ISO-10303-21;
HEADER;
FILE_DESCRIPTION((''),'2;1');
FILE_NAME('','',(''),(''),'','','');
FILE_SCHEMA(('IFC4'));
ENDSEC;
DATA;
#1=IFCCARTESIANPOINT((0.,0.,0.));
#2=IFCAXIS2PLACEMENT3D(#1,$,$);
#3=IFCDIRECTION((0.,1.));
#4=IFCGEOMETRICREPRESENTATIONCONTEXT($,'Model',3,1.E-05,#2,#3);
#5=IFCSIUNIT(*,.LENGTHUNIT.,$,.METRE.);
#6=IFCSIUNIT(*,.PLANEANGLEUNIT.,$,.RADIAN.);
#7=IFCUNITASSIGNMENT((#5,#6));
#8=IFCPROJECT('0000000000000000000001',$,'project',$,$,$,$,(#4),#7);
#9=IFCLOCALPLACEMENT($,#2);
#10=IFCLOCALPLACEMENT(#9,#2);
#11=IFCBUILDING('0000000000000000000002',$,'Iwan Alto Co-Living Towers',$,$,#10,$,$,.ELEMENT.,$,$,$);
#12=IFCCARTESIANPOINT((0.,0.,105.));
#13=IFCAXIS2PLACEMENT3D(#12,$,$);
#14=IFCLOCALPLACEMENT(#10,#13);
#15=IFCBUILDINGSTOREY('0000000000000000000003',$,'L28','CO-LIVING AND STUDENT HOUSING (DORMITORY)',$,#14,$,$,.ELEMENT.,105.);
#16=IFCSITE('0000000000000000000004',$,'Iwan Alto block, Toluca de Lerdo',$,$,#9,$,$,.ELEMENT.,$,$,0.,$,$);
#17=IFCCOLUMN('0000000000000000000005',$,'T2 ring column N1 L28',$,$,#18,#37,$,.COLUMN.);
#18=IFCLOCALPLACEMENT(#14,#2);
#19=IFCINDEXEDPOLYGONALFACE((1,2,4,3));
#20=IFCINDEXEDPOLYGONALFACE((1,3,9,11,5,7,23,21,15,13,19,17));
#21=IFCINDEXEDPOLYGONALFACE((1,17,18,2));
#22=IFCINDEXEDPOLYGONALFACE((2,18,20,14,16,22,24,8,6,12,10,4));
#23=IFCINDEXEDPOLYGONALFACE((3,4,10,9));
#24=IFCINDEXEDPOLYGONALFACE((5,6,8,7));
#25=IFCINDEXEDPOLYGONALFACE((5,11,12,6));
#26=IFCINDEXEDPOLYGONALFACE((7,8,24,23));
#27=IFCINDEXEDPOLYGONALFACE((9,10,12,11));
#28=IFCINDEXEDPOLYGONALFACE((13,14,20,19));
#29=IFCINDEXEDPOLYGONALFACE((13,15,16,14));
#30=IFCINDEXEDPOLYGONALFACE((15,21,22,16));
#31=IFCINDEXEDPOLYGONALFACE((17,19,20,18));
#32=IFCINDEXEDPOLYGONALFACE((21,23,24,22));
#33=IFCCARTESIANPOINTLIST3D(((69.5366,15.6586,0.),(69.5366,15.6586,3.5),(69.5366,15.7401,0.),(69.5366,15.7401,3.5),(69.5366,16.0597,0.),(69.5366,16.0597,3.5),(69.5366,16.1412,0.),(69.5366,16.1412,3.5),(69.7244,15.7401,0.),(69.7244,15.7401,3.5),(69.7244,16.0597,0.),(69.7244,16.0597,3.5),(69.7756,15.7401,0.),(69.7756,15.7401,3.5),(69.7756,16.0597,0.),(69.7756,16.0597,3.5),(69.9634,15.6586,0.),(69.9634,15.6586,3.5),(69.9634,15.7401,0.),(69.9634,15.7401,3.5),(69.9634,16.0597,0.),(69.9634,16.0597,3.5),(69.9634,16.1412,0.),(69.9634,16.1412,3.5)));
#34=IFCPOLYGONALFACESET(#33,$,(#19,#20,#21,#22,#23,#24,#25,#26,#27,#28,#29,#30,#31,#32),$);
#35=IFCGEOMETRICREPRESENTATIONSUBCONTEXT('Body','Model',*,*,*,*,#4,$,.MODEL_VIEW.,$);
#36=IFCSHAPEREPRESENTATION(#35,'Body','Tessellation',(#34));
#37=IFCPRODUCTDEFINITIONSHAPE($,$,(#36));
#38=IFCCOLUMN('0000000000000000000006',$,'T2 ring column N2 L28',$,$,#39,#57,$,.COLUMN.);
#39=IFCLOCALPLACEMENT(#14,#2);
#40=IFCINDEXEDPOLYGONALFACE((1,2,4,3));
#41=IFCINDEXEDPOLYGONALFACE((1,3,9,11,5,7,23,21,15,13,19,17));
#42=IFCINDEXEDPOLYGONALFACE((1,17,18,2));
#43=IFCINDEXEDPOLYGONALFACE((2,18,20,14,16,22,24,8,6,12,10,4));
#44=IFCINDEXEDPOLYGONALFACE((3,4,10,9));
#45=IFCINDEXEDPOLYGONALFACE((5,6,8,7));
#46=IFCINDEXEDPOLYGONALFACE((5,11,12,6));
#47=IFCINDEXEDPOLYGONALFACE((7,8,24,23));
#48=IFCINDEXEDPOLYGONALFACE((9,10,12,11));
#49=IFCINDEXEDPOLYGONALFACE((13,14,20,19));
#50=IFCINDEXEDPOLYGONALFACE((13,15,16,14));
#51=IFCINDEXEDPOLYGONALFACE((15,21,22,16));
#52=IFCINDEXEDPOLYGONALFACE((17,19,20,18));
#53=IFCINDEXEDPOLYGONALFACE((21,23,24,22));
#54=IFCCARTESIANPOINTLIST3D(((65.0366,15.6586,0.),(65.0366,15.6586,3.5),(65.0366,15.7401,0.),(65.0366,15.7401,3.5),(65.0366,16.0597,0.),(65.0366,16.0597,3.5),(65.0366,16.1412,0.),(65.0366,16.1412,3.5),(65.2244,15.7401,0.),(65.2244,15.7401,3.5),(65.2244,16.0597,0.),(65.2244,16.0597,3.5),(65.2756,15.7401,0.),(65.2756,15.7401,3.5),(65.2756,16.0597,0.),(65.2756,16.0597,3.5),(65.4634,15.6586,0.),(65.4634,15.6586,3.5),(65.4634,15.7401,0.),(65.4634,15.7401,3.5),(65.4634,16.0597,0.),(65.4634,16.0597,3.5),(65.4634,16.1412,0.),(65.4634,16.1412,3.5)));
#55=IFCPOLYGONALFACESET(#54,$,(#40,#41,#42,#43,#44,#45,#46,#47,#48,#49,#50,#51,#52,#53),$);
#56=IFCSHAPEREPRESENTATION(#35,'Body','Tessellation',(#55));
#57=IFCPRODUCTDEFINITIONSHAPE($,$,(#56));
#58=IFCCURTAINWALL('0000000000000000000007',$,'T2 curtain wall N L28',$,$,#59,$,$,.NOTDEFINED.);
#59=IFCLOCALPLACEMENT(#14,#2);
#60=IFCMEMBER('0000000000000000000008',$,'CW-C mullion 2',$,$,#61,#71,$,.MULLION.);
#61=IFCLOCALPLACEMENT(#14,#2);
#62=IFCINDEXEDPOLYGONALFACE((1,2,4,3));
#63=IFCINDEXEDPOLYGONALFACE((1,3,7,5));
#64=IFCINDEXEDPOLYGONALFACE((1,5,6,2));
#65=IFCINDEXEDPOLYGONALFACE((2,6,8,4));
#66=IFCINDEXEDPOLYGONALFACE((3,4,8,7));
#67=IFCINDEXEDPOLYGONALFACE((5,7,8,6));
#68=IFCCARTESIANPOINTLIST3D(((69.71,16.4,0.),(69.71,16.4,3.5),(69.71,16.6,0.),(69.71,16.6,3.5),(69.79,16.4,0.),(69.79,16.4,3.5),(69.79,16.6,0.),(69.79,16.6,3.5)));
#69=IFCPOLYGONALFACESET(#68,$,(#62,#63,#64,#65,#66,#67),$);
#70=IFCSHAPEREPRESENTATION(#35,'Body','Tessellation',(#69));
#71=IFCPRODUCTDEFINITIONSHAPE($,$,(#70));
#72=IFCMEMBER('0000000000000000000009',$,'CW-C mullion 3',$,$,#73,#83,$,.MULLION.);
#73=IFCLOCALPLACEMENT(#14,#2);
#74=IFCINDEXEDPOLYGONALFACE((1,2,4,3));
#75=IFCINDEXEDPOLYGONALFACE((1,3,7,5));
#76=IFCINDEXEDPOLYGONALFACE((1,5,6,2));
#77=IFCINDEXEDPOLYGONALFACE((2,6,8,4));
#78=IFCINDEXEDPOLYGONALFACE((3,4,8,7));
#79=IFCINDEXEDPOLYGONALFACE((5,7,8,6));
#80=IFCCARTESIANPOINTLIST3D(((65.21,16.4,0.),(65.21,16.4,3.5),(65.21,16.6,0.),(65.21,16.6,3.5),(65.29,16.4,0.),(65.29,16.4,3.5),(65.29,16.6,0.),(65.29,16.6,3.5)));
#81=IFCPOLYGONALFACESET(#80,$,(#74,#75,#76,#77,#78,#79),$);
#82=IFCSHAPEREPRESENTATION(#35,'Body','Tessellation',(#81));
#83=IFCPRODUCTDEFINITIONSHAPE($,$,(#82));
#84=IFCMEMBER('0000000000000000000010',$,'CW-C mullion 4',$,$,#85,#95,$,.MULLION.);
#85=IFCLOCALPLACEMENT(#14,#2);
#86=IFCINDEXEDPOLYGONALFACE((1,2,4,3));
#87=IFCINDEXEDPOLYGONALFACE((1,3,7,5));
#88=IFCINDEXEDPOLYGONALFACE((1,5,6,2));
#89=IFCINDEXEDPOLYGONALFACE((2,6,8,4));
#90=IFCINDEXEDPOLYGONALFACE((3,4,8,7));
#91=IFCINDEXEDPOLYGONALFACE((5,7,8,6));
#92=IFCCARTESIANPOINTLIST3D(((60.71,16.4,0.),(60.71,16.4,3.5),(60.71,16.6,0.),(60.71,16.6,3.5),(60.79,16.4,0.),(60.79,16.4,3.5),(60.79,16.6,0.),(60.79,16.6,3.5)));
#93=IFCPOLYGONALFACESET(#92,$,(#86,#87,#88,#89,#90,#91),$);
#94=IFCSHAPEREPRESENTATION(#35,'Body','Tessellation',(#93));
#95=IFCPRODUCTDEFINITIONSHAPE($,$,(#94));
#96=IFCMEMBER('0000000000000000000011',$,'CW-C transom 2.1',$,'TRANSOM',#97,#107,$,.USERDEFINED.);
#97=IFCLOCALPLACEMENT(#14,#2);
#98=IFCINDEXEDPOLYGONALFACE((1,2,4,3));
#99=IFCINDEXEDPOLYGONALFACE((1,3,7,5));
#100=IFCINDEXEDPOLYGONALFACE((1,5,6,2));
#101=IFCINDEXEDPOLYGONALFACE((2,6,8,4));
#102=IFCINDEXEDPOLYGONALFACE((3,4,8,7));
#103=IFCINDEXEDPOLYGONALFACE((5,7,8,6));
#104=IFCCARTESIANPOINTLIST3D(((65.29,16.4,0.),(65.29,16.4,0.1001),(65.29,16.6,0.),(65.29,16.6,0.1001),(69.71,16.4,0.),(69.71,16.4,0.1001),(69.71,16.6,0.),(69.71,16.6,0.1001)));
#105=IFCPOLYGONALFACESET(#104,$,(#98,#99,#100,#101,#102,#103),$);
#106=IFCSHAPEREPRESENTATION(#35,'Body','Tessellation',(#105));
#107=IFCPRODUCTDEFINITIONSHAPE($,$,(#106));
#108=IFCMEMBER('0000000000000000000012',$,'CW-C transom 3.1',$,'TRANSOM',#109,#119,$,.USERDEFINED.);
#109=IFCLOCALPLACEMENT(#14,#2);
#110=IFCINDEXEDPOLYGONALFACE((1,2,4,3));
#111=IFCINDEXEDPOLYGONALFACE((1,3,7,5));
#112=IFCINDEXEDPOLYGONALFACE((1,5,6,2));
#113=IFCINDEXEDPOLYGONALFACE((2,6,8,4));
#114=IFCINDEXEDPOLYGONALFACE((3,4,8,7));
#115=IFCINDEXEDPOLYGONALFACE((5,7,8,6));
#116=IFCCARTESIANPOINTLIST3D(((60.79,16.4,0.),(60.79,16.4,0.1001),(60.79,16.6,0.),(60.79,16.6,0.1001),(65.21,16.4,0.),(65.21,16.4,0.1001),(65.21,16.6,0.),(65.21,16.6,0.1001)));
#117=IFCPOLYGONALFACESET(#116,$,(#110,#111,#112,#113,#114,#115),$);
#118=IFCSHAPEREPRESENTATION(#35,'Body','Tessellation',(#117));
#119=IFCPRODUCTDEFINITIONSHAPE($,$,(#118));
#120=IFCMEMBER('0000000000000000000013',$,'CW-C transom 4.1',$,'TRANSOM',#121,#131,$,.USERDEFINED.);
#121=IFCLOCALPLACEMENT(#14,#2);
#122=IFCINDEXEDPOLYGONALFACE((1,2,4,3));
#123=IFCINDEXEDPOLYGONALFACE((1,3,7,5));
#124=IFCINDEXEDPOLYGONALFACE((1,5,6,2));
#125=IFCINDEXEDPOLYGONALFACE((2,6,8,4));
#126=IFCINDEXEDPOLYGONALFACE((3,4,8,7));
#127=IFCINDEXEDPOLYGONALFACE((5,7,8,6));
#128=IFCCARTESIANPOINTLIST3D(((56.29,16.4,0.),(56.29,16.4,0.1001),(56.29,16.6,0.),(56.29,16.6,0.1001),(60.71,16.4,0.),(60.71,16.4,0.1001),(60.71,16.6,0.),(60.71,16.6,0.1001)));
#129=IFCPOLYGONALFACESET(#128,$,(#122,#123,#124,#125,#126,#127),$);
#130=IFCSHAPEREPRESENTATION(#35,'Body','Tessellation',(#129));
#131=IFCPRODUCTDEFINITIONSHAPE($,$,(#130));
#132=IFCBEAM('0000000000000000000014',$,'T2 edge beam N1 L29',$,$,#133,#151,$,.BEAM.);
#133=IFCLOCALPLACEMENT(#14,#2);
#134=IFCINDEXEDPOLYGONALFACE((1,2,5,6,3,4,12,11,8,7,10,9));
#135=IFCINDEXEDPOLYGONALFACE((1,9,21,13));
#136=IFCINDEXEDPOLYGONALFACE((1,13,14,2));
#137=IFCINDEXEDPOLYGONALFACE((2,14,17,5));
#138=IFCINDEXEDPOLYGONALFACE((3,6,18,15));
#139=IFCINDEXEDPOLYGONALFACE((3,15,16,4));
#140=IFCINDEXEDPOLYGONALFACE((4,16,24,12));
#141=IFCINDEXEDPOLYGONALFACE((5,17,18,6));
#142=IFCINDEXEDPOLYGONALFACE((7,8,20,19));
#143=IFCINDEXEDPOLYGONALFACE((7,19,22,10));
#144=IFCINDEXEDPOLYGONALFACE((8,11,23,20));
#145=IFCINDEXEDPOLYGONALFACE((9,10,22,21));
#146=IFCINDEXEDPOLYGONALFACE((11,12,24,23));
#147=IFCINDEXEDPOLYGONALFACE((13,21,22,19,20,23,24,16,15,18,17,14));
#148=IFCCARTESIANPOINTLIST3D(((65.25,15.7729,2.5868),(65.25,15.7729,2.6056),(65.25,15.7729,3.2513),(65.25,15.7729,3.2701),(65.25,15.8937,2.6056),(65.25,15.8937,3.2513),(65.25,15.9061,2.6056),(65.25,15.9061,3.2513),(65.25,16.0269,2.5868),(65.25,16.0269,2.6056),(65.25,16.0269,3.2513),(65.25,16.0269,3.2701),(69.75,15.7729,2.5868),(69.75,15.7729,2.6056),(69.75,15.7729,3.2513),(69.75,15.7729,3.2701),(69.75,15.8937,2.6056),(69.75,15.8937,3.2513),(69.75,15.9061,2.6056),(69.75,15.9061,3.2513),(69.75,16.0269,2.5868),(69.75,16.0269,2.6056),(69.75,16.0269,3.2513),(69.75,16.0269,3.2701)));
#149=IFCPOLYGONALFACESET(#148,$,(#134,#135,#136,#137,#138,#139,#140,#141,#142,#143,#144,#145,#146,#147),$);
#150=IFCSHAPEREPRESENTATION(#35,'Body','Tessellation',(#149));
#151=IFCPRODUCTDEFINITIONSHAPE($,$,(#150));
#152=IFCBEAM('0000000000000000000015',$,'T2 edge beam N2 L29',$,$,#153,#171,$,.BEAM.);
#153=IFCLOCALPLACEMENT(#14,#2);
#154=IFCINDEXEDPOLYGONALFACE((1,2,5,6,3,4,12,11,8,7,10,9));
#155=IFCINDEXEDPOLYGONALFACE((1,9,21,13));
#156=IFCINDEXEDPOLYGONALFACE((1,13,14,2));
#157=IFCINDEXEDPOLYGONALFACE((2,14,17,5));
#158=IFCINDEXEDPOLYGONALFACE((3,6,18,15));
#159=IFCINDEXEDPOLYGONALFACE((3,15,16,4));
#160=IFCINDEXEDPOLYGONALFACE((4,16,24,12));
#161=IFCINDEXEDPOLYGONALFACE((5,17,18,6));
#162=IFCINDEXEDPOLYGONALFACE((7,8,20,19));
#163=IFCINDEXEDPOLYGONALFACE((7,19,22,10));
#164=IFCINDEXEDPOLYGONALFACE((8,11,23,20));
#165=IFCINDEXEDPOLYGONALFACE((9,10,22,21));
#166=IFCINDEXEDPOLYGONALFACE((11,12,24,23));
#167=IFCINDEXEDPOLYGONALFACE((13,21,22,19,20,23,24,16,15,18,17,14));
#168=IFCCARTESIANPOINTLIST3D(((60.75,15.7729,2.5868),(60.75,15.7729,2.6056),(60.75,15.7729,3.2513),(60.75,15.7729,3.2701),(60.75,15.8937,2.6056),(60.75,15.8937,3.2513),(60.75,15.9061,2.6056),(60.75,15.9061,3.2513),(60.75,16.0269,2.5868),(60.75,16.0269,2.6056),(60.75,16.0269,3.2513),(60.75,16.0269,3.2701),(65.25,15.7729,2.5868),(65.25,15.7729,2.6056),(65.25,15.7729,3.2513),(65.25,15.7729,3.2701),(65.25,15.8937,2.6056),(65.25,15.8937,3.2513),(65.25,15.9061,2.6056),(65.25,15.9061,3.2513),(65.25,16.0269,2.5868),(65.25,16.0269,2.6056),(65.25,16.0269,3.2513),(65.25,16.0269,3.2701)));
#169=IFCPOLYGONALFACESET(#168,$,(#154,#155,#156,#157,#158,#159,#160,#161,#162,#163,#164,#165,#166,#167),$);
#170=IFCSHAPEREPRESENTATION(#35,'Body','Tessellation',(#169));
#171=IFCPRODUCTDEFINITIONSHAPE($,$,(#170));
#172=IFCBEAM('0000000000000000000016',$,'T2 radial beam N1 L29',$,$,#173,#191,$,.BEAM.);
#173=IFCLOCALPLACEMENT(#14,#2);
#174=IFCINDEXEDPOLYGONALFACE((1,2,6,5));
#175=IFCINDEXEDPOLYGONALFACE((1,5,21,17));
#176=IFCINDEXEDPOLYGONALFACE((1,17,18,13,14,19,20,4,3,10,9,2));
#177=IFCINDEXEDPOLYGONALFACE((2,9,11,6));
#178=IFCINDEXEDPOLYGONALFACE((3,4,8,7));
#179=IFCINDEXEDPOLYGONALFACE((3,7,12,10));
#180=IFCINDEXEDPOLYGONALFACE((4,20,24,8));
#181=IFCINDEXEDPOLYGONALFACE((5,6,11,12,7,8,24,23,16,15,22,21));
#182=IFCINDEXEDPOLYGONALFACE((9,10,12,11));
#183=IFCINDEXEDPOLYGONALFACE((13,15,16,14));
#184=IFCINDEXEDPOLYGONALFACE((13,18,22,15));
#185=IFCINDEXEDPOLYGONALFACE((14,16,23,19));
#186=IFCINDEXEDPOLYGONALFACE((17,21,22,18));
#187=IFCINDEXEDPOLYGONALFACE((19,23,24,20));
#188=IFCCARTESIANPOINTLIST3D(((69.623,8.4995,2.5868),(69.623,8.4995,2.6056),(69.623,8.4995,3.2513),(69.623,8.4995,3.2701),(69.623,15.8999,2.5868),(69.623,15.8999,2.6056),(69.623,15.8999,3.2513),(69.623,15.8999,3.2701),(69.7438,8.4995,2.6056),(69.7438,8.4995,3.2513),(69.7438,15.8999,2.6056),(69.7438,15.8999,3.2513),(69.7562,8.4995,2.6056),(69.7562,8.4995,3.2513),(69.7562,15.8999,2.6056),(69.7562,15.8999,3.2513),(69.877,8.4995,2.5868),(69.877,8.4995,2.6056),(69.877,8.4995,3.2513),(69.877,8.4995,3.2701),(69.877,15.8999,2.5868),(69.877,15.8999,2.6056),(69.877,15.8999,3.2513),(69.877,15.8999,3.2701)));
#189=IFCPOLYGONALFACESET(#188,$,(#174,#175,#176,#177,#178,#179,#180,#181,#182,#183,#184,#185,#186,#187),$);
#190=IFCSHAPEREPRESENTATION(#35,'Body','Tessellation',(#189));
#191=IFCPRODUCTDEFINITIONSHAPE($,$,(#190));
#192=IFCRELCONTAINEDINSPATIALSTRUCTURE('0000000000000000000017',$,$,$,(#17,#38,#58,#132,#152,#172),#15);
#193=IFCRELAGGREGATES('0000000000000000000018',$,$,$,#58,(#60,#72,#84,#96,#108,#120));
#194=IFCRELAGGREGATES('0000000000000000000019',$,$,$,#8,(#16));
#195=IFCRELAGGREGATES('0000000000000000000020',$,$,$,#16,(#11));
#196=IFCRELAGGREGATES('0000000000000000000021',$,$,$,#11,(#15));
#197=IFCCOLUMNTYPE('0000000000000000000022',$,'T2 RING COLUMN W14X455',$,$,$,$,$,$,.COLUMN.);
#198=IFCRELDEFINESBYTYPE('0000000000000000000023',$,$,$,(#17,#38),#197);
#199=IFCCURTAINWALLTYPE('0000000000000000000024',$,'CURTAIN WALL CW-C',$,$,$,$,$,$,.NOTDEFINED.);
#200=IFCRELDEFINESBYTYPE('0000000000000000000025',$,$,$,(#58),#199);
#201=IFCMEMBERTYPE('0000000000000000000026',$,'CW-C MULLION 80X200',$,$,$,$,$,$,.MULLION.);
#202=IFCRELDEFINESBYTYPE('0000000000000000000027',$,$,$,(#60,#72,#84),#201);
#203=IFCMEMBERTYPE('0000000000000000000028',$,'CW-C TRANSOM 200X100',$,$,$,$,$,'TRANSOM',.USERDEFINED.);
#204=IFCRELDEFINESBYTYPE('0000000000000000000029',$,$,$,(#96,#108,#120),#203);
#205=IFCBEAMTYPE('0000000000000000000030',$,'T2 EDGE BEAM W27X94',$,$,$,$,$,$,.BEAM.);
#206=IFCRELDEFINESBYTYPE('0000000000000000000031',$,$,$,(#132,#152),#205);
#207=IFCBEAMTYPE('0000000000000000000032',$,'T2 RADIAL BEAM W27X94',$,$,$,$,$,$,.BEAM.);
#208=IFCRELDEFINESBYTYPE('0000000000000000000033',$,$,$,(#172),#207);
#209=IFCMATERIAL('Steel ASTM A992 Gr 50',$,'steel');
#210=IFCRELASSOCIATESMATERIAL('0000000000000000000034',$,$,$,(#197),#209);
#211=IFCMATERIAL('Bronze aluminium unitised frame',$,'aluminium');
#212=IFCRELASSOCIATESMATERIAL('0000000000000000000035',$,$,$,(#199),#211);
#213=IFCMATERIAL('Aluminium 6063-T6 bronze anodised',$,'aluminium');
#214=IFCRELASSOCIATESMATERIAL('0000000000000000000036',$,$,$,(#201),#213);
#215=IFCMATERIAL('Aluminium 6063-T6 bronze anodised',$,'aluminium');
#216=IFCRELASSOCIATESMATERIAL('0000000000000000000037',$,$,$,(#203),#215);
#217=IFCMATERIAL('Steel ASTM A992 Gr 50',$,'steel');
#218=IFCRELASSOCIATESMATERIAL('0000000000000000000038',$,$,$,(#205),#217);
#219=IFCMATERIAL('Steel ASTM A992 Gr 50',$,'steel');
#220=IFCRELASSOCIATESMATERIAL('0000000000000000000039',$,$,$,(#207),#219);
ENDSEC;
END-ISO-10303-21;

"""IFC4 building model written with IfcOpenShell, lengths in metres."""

from ifc_helpers import new_model, si_unit, direction, frame, origin, origin_2d, place, context, subcontext, project, spatial, rectangle, i_section, extrude, material, material_profile, profile_set, type_object, element, aggregate, save


model = new_model("IFC4")

# Units and contexts
model_context = context("Model", 3, precision=1e-05, world=origin(), true_north=direction((0.0, 1.0)))
body_context = subcontext(model_context, "Body", "Model", "MODEL_VIEW")
ifc_project = project(units=[si_unit("LENGTHUNIT", "METRE"), si_unit("PLANEANGLEUNIT", "RADIAN")], contexts=[model_context])

# Site, building, storey
site_placement = place(None, origin())
site = spatial("IfcSite", under=ifc_project, at=site_placement, Name="Iwan Alto block, Toluca de Lerdo", CompositionType="ELEMENT", RefElevation=0.0)
building_placement = place(site_placement, origin())
building = spatial("IfcBuilding", under=site, at=building_placement, Name="Iwan Alto Co-Living Towers", CompositionType="ELEMENT")
storey_placement = place(building_placement, frame((0.0, 0.0, 105.0)))
storey = spatial("IfcBuildingStorey", under=building, at=storey_placement, Name="L28", Description="CO-LIVING AND STUDENT HOUSING (DORMITORY)", CompositionType="ELEMENT", Elevation=105.0)

# Columns
ifc_material_1 = material(Name="Steel ASTM A992 Gr 50", Category="steel")
ifc_material_profile_1 = material_profile(ifc_material_1, i_section(OverallWidth=0.4268, OverallDepth=0.4827, WebThickness=0.0513, FlangeThickness=0.0815, at=origin_2d()), Name="W14X455")
ifc_profile_set_1 = profile_set([ifc_material_profile_1], Name="Steel ASTM A992 Gr 50")
column_type = type_object("IfcColumnType", Name="T2 RING COLUMN W14X455", PredefinedType="COLUMN", material=ifc_profile_set_1)
for number, where, z_axis, x_axis, name in (
    (1, (69.75, 15.8999, 0.0), (0.0, 0.0, 1.0), (1.0, 0.0, 0.0), "T2 ring column N1 L28"),
    (2, (65.25, 15.8999, 0.0), (0.0, 0.0, 1.0), (1.0, 0.0, 0.0), "T2 ring column N2 L28"),
):
    element("IfcColumn", number, at=place(storey_placement, frame(where, z_axis=z_axis, x_axis=x_axis)), inside=storey, type_object=column_type, Name=name, PredefinedType="COLUMN", context=body_context, shape_type="SweptSolid", body=[
        extrude(i_section(OverallWidth=0.4268, OverallDepth=0.4827, WebThickness=0.0513, FlangeThickness=0.0815, at=origin_2d()), origin(), (0.0, 0.0, 1.0), 3.5),
    ])

# Curtain wall, members
ifc_material_2 = material(Name="Bronze aluminium unitised frame", Category="aluminium")
curtain_wall_type = type_object("IfcCurtainWallType", Name="CURTAIN WALL CW-C", PredefinedType="NOTDEFINED", material=ifc_material_2)
curtain_wall_placement = place(storey_placement, origin())
curtain_wall = element("IfcCurtainWall", 3, at=curtain_wall_placement, inside=storey, type_object=curtain_wall_type, Name="T2 curtain wall N L28", PredefinedType="NOTDEFINED")
ifc_material_3 = material(Name="Aluminium 6063-T6 bronze anodised", Category="aluminium")
ifc_material_profile_2 = material_profile(ifc_material_3, rectangle(XDim=0.2, YDim=0.0801, at=origin_2d()), Name="AL 80X200")
ifc_profile_set_2 = profile_set([ifc_material_profile_2], Name="Aluminium 6063-T6 bronze anodised")
member_type_1 = type_object("IfcMemberType", Name="CW-C MULLION 80X200", PredefinedType="MULLION", material=ifc_profile_set_2)
member_1_placement = place(storey_placement, frame((69.75, 16.5, 0.0), z_axis=(0.0, 0.0, 1.0), x_axis=(0.0, -1.0, 0.0)))
member_1 = element("IfcMember", 4, at=member_1_placement, type_object=member_type_1, Name="CW-C mullion 2", PredefinedType="MULLION", context=body_context, shape_type="SweptSolid", body=[
    extrude(rectangle(XDim=0.2, YDim=0.0801, at=origin_2d()), origin(), (0.0, 0.0, 1.0), 3.5),
])
member_2_placement = place(storey_placement, frame((65.25, 16.5, 0.0), z_axis=(0.0, 0.0, 1.0), x_axis=(0.0, -1.0, 0.0)))
member_2 = element("IfcMember", 5, at=member_2_placement, type_object=member_type_1, Name="CW-C mullion 3", PredefinedType="MULLION", context=body_context, shape_type="SweptSolid", body=[
    extrude(rectangle(XDim=0.2, YDim=0.0801, at=origin_2d()), origin(), (0.0, 0.0, 1.0), 3.5),
])
member_3_placement = place(storey_placement, frame((60.75, 16.5, 0.0), z_axis=(0.0, 0.0, 1.0), x_axis=(0.0, -1.0, 0.0)))
member_3 = element("IfcMember", 6, at=member_3_placement, type_object=member_type_1, Name="CW-C mullion 4", PredefinedType="MULLION", context=body_context, shape_type="SweptSolid", body=[
    extrude(rectangle(XDim=0.2, YDim=0.0801, at=origin_2d()), origin(), (0.0, 0.0, 1.0), 3.5),
])
ifc_material_4 = material(Name="Aluminium 6063-T6 bronze anodised", Category="aluminium")
ifc_material_profile_3 = material_profile(ifc_material_4, rectangle(XDim=0.2, YDim=0.1001, at=origin_2d()), Name="AL 200X100")
ifc_profile_set_3 = profile_set([ifc_material_profile_3], Name="Aluminium 6063-T6 bronze anodised")
member_type_2 = type_object("IfcMemberType", Name="CW-C TRANSOM 200X100", ElementType="TRANSOM", PredefinedType="USERDEFINED", material=ifc_profile_set_3)
member_4_placement = place(storey_placement, frame((69.71, 16.5, 0.05), z_axis=(-1.0, 0.0, 0.0), x_axis=(0.0, -1.0, 0.0)))
member_4 = element("IfcMember", 7, at=member_4_placement, type_object=member_type_2, Name="CW-C transom 2.1", ObjectType="TRANSOM", PredefinedType="USERDEFINED", context=body_context, shape_type="SweptSolid", body=[
    extrude(rectangle(XDim=0.2, YDim=0.1001, at=origin_2d()), origin(), (0.0, 0.0, 1.0), 4.4199),
])
member_5_placement = place(storey_placement, frame((65.21, 16.5, 0.05), z_axis=(-1.0, 0.0, 0.0), x_axis=(0.0, -1.0, 0.0)))
member_5 = element("IfcMember", 8, at=member_5_placement, type_object=member_type_2, Name="CW-C transom 3.1", ObjectType="TRANSOM", PredefinedType="USERDEFINED", context=body_context, shape_type="SweptSolid", body=[
    extrude(rectangle(XDim=0.2, YDim=0.1001, at=origin_2d()), origin(), (0.0, 0.0, 1.0), 4.4199),
])
member_6_placement = place(storey_placement, frame((60.71, 16.5, 0.05), z_axis=(-1.0, 0.0, 0.0), x_axis=(0.0, -1.0, 0.0)))
member_6 = element("IfcMember", 9, at=member_6_placement, type_object=member_type_2, Name="CW-C transom 4.1", ObjectType="TRANSOM", PredefinedType="USERDEFINED", context=body_context, shape_type="SweptSolid", body=[
    extrude(rectangle(XDim=0.2, YDim=0.1001, at=origin_2d()), origin(), (0.0, 0.0, 1.0), 4.4199),
])

# Beams
ifc_material_5 = material(Name="Steel ASTM A992 Gr 50", Category="steel")
ifc_material_profile_4 = material_profile(ifc_material_5, i_section(OverallWidth=0.2539, OverallDepth=0.6833, WebThickness=0.0125, FlangeThickness=0.0188, at=origin_2d()), Name="W27X94")
ifc_profile_set_4 = profile_set([ifc_material_profile_4], Name="Steel ASTM A992 Gr 50")
beam_type_1 = type_object("IfcBeamType", Name="T2 EDGE BEAM W27X94", PredefinedType="BEAM", material=ifc_profile_set_4)
for number, where, z_axis, x_axis, name in (
    (10, (69.75, 15.8999, 2.9285), (-1.0, 0.0, 0.0), (0.0, -1.0, 0.0), "T2 edge beam N1 L29"),
    (11, (65.25, 15.8999, 2.9285), (-1.0, 0.0, 0.0), (0.0, -1.0, 0.0), "T2 edge beam N2 L29"),
):
    element("IfcBeam", number, at=place(storey_placement, frame(where, z_axis=z_axis, x_axis=x_axis)), inside=storey, type_object=beam_type_1, Name=name, PredefinedType="BEAM", context=body_context, shape_type="SweptSolid", body=[
        extrude(i_section(OverallWidth=0.2539, OverallDepth=0.6833, WebThickness=0.0125, FlangeThickness=0.0188, at=origin_2d()), origin(), (0.0, 0.0, 1.0), 4.5),
    ])
ifc_material_6 = material(Name="Steel ASTM A992 Gr 50", Category="steel")
ifc_material_profile_5 = material_profile(ifc_material_6, i_section(OverallWidth=0.2539, OverallDepth=0.6833, WebThickness=0.0125, FlangeThickness=0.0188, at=origin_2d()), Name="W27X94")
ifc_profile_set_5 = profile_set([ifc_material_profile_5], Name="Steel ASTM A992 Gr 50")
beam_type_2 = type_object("IfcBeamType", Name="T2 RADIAL BEAM W27X94", PredefinedType="BEAM", material=ifc_profile_set_5)
for number, where, z_axis, x_axis, name in (
    (12, (69.75, 15.8999, 2.9285), (0.0, -1.0, 0.0), (1.0, 0.0, 0.0), "T2 radial beam N1 L29"),
):
    element("IfcBeam", number, at=place(storey_placement, frame(where, z_axis=z_axis, x_axis=x_axis)), inside=storey, type_object=beam_type_2, Name=name, PredefinedType="BEAM", context=body_context, shape_type="SweptSolid", body=[
        extrude(i_section(OverallWidth=0.2539, OverallDepth=0.6833, WebThickness=0.0125, FlangeThickness=0.0188, at=origin_2d()), origin(), (0.0, 0.0, 1.0), 7.4004),
    ])

aggregate(curtain_wall, [member_1, member_2, member_3, member_4, member_5, member_6])

save(model, "model.ifc")
